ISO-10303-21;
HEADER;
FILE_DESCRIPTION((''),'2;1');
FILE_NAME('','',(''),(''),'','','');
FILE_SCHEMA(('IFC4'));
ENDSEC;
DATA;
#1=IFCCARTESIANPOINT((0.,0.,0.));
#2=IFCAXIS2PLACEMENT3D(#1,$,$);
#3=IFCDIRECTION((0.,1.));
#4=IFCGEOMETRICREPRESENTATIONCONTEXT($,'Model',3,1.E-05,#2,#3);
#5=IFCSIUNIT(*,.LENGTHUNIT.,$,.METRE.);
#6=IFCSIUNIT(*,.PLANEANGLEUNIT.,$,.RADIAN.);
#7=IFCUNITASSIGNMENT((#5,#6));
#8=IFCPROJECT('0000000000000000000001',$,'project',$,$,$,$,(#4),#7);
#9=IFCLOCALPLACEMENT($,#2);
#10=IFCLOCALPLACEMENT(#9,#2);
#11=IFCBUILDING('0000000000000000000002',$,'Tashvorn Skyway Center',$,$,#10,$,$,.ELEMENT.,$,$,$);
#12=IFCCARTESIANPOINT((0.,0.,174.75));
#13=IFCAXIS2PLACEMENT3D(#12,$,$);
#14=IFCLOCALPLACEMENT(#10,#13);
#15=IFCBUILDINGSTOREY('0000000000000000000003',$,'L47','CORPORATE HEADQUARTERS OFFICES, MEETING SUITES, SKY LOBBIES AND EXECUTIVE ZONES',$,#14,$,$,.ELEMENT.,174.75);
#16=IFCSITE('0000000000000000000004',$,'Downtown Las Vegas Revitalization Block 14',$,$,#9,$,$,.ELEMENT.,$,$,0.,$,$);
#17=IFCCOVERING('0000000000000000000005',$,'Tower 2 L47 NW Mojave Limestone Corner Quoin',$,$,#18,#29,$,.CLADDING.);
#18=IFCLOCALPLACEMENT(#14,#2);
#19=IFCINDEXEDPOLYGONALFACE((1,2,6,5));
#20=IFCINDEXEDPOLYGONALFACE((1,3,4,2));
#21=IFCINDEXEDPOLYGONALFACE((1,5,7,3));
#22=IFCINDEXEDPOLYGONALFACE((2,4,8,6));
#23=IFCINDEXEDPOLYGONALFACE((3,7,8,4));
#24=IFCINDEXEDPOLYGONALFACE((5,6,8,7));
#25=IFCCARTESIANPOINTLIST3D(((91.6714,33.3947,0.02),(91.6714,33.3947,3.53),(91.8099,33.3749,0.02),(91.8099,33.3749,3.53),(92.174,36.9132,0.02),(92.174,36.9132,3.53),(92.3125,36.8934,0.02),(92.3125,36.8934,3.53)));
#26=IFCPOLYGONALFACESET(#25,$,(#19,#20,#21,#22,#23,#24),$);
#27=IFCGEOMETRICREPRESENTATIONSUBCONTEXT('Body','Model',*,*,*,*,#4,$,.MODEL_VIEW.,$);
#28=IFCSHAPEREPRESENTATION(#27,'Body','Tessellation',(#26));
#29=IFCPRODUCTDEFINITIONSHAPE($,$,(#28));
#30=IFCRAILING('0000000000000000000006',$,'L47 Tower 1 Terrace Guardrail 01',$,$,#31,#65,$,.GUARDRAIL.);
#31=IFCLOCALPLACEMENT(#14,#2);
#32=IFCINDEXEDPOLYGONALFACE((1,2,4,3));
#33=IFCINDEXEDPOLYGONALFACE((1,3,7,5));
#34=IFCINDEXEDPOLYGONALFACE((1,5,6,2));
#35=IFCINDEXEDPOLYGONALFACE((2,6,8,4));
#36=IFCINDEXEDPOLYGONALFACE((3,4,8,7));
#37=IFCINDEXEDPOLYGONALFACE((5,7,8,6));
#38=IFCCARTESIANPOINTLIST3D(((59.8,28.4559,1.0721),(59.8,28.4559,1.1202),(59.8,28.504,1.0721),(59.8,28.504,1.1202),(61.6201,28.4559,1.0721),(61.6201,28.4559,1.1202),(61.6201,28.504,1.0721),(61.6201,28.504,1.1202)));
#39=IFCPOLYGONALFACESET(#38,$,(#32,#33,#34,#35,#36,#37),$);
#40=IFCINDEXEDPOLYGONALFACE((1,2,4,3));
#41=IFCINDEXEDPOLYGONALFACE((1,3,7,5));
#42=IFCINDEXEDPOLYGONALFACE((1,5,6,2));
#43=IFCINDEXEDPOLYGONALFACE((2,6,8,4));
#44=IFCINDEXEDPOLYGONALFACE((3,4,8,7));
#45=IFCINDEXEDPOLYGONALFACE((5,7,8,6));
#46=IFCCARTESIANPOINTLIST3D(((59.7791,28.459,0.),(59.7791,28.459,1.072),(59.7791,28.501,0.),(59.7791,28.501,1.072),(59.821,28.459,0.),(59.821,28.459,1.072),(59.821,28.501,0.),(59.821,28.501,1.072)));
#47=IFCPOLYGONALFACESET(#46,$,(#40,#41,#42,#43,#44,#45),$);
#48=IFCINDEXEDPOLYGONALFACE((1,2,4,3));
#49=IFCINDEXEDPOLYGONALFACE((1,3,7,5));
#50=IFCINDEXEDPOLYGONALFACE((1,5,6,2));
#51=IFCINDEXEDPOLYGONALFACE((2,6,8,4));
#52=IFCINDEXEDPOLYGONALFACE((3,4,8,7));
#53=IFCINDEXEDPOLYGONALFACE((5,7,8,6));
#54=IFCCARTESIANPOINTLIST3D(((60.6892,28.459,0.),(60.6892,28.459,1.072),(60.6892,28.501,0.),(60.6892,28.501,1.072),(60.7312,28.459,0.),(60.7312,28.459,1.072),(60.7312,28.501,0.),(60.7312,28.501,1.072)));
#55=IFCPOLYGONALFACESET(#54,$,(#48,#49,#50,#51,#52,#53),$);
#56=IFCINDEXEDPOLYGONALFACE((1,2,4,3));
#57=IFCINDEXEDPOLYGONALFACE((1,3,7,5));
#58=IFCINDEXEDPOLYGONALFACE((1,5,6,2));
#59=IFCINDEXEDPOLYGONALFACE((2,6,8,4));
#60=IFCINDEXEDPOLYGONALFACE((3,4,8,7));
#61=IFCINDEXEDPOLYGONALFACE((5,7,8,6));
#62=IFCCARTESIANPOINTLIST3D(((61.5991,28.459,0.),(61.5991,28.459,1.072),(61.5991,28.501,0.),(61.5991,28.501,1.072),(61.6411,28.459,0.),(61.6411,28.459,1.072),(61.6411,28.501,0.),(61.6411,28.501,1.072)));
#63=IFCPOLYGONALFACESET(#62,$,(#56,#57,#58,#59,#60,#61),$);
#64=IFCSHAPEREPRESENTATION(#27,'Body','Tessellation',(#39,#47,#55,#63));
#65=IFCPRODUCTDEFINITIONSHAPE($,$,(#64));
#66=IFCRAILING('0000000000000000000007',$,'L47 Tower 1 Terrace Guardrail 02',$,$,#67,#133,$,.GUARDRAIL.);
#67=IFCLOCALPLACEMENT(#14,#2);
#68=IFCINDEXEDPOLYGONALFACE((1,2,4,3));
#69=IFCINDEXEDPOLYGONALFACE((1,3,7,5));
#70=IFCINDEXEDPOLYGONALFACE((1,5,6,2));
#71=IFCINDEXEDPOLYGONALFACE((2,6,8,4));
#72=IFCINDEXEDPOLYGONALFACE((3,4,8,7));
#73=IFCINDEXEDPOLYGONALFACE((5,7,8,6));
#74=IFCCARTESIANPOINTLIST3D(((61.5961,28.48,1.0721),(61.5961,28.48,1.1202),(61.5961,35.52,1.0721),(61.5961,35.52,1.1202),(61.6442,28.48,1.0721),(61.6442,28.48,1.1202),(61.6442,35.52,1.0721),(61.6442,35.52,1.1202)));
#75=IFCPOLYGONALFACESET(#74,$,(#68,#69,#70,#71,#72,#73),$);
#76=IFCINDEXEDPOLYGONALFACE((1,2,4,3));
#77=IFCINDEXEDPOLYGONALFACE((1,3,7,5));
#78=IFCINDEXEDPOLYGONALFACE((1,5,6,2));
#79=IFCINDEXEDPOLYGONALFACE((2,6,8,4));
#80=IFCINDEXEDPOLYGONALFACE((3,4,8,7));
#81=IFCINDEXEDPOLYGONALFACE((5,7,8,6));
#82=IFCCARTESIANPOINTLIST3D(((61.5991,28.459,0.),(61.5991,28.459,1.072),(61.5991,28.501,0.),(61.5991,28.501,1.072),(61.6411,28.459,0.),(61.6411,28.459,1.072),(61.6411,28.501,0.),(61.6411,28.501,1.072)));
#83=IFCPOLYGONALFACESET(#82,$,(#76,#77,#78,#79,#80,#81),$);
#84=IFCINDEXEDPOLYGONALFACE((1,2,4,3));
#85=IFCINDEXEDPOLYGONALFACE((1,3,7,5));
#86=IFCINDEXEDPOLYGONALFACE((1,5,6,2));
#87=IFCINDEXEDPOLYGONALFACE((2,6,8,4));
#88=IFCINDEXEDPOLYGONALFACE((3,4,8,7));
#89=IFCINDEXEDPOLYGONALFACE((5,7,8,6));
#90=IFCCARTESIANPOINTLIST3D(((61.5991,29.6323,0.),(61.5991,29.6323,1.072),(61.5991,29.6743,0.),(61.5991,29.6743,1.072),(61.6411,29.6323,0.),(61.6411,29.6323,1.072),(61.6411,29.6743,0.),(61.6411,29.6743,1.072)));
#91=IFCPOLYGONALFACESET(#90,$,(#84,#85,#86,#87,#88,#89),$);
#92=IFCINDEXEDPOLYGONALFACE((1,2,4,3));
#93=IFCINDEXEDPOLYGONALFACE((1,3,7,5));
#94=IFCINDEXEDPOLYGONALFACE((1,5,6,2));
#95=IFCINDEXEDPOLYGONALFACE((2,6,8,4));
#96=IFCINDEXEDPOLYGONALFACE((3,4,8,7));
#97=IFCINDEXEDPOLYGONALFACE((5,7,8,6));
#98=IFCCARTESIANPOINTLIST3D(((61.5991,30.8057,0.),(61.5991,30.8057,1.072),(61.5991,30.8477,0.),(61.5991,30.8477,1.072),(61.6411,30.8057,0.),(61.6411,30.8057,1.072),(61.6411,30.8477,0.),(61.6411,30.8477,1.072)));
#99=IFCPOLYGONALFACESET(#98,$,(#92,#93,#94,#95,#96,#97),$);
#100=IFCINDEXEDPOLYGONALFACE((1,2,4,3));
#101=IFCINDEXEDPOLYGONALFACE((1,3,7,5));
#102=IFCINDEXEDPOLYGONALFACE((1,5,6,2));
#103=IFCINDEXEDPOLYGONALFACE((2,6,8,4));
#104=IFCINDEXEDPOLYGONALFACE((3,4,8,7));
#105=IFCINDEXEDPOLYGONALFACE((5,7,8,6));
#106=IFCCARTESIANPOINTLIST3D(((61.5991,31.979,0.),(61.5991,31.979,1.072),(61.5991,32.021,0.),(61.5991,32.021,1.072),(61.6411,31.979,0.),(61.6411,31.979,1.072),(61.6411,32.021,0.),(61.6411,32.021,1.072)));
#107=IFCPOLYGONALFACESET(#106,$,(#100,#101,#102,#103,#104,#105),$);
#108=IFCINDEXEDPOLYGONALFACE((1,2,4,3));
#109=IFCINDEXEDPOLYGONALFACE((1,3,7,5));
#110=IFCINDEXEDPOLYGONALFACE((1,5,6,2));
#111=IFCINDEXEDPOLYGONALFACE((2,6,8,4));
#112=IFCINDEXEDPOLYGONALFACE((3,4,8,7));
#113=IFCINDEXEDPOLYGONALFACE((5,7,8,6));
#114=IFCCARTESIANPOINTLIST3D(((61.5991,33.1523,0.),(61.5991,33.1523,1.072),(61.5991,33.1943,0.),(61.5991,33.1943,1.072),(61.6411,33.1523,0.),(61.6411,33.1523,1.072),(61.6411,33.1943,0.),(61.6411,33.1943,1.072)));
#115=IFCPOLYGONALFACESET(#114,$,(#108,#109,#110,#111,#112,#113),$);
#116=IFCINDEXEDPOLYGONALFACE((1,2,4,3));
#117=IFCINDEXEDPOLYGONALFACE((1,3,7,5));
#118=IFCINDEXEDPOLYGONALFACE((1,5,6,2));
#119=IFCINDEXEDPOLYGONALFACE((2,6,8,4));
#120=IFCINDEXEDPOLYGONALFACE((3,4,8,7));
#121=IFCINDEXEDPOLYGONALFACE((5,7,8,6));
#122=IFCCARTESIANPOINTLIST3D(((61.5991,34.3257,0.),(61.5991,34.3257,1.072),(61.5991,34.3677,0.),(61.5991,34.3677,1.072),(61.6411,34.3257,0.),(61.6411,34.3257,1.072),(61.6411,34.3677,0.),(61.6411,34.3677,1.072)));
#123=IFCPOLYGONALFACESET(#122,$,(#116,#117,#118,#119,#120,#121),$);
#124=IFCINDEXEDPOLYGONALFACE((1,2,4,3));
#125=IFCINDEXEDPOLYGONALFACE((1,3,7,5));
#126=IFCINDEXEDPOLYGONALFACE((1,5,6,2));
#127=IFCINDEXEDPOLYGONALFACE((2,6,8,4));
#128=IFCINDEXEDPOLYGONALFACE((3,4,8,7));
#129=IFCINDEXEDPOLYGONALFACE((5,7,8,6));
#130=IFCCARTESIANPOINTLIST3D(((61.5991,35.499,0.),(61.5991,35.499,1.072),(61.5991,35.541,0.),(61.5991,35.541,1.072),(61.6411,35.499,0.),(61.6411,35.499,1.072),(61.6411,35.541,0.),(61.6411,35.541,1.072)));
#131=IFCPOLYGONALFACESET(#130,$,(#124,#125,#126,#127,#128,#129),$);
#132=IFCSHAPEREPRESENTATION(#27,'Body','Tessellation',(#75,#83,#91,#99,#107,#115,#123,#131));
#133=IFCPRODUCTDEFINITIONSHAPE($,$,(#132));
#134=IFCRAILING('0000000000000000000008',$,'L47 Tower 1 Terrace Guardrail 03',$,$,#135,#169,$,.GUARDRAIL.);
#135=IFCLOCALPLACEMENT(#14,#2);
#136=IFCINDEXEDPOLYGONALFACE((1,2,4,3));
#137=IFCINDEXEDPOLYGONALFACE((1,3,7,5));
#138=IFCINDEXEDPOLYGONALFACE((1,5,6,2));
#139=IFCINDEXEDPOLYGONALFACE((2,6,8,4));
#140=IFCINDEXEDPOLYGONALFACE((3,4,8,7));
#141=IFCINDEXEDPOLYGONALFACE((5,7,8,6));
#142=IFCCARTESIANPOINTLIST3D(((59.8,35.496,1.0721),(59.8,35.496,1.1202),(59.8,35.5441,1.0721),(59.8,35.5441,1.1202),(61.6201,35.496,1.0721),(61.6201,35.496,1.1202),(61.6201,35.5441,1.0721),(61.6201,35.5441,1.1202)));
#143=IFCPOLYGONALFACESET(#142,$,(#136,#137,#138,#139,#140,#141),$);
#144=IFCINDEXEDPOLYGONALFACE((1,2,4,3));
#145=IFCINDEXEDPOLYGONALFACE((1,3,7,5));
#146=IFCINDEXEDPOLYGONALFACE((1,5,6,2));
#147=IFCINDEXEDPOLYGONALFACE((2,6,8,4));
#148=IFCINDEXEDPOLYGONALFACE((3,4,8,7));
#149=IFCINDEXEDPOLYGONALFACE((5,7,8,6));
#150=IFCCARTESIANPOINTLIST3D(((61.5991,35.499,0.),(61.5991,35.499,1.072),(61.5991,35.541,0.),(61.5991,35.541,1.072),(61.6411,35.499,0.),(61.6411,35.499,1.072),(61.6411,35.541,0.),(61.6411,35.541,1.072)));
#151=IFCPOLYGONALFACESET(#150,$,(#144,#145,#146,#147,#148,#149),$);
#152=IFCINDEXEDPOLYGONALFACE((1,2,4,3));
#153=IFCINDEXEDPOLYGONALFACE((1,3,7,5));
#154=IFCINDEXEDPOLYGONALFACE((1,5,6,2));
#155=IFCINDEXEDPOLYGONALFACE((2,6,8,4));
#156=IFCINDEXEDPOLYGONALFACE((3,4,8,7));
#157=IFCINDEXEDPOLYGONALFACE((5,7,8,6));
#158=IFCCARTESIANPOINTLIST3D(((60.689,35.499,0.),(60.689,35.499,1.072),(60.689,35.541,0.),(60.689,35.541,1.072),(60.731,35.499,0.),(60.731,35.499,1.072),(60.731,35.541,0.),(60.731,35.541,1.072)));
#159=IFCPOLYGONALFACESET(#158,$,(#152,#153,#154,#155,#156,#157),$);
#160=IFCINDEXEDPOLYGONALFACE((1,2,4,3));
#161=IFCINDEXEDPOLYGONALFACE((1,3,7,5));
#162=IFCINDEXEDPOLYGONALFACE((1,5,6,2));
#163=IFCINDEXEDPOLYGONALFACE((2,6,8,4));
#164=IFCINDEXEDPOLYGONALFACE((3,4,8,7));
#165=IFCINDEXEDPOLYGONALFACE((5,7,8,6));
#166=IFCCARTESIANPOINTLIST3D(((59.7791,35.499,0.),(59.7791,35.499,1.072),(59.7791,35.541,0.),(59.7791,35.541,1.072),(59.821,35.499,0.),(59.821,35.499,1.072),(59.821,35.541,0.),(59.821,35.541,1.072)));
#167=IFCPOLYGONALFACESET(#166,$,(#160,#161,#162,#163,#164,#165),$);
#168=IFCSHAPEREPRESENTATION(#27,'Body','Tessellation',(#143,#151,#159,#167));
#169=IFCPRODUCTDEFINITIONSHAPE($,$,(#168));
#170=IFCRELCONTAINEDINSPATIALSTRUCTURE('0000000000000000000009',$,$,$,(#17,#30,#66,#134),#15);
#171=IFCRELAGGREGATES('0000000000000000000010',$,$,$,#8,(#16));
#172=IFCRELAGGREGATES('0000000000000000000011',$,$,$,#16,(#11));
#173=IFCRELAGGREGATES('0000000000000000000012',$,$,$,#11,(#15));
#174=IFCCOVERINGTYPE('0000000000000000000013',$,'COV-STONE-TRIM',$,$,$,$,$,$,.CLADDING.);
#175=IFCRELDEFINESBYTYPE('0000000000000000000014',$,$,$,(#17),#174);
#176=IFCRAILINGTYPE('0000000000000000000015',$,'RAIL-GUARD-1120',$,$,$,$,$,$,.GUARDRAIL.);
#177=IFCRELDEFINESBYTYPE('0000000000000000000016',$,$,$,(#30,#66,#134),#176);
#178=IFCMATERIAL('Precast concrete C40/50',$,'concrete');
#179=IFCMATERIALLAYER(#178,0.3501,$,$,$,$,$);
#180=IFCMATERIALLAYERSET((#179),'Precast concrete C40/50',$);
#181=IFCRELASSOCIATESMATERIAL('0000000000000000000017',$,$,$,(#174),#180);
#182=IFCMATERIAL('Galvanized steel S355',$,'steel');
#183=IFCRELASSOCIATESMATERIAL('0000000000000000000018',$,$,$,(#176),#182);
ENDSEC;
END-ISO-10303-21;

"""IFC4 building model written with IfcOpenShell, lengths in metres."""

from ifc_helpers import new_model, si_unit, direction, frame, origin, origin_2d, place, context, subcontext, project, spatial, rectangle, extrude, material, layer, layer_set, type_object, element, save


model = new_model("IFC4")

# Units and contexts
model_context = context("Model", 3, precision=1e-05, world=origin(), true_north=direction((0.0, 1.0)))
body_context = subcontext(model_context, "Body", "Model", "MODEL_VIEW")
ifc_project = project(units=[si_unit("LENGTHUNIT", "METRE"), si_unit("PLANEANGLEUNIT", "RADIAN")], contexts=[model_context])

# Site, building, storey
site_placement = place(None, origin())
site = spatial("IfcSite", under=ifc_project, at=site_placement, Name="Downtown Las Vegas Revitalization Block 14", CompositionType="ELEMENT", RefElevation=0.0)
building_placement = place(site_placement, origin())
building = spatial("IfcBuilding", under=site, at=building_placement, Name="Tashvorn Skyway Center", CompositionType="ELEMENT")
storey_placement = place(building_placement, frame((0.0, 0.0, 174.75)))
storey = spatial("IfcBuildingStorey", under=building, at=storey_placement, Name="L47", Description="CORPORATE HEADQUARTERS OFFICES, MEETING SUITES, SKY LOBBIES AND EXECUTIVE ZONES", CompositionType="ELEMENT", Elevation=174.75)

# Shared definitions
ifc_material_1 = material(Name="Precast concrete C40/50", Category="concrete")

# Covering
ifc_layer_1 = layer(ifc_material_1, 0.3501)
ifc_layer_set_1 = layer_set([ifc_layer_1], Name="Precast concrete C40/50")
covering_type_1 = type_object("IfcCoveringType", Name="COV-STONE-TRIM", PredefinedType="CLADDING", material=ifc_layer_set_1)
covering_1_placement = place(storey_placement, frame((91.9919, 35.144, 0.02), z_axis=(0.0, 0.0, 1.0), x_axis=(-0.141421, -0.989949, 0.0)))
element("IfcCovering", 1, at=covering_1_placement, inside=storey, type_object=covering_type_1, Name="Tower 2 L47 NW Mojave Limestone Corner Quoin", PredefinedType="CLADDING", context=body_context, shape_type="SweptSolid", body=[
    extrude(rectangle(XDim=3.5542, YDim=0.1399, at=origin_2d()), origin(), (0.0, 0.0, 1.0), 3.51),
])

# Railings
ifc_material_2 = material(Name="Galvanized steel S355", Category="steel")
railing_type = type_object("IfcRailingType", Name="RAIL-GUARD-1120", PredefinedType="GUARDRAIL", material=ifc_material_2)
railing_1_placement = place(storey_placement, frame((59.8, 28.48, 0.0)))
element("IfcRailing", 2, at=railing_1_placement, inside=storey, type_object=railing_type, Name="L47 Tower 1 Terrace Guardrail 01", PredefinedType="GUARDRAIL", context=body_context, shape_type="SweptSolid", body=[
    extrude(rectangle(XDim=0.0481, YDim=0.0481, at=origin_2d()), frame((0.0, 0.0, 1.0962), z_axis=(1.0, 0.0, 0.0), x_axis=(0.0, 1.0, 0.0)), (0.0, 0.0, 1.0), 1.8201),
    extrude(rectangle(XDim=0.042, YDim=0.042, at=origin_2d()), origin(), (0.0, 0.0, 1.0), 1.072),
    extrude(rectangle(XDim=0.042, YDim=0.042, at=origin_2d()), frame((0.9102, 0.0, 0.0)), (0.0, 0.0, 1.0), 1.072),
    extrude(rectangle(XDim=0.042, YDim=0.042, at=origin_2d()), frame((1.8201, 0.0, 0.0)), (0.0, 0.0, 1.0), 1.072),
])
railing_2_placement = place(storey_placement, frame((61.6201, 28.48, 0.0)))
element("IfcRailing", 3, at=railing_2_placement, inside=storey, type_object=railing_type, Name="L47 Tower 1 Terrace Guardrail 02", PredefinedType="GUARDRAIL", context=body_context, shape_type="SweptSolid", body=[
    extrude(rectangle(XDim=0.0481, YDim=0.0481, at=origin_2d()), frame((0.0, 0.0, 1.0962), z_axis=(0.0, 1.0, 0.0), x_axis=(-1.0, 0.0, 0.0)), (0.0, 0.0, 1.0), 7.04),
    extrude(rectangle(XDim=0.042, YDim=0.042, at=origin_2d()), origin(), (0.0, 0.0, 1.0), 1.072),
    extrude(rectangle(XDim=0.042, YDim=0.042, at=origin_2d()), frame((0.0, 1.1733, 0.0)), (0.0, 0.0, 1.0), 1.072),
    extrude(rectangle(XDim=0.042, YDim=0.042, at=origin_2d()), frame((0.0, 2.3467, 0.0)), (0.0, 0.0, 1.0), 1.072),
    extrude(rectangle(XDim=0.042, YDim=0.042, at=origin_2d()), frame((0.0, 3.52, 0.0)), (0.0, 0.0, 1.0), 1.072),
    extrude(rectangle(XDim=0.042, YDim=0.042, at=origin_2d()), frame((0.0, 4.6934, 0.0)), (0.0, 0.0, 1.0), 1.072),
    extrude(rectangle(XDim=0.042, YDim=0.042, at=origin_2d()), frame((0.0, 5.8667, 0.0)), (0.0, 0.0, 1.0), 1.072),
    extrude(rectangle(XDim=0.042, YDim=0.042, at=origin_2d()), frame((0.0, 7.04, 0.0)), (0.0, 0.0, 1.0), 1.072),
])
railing_3_placement = place(storey_placement, frame((61.6201, 35.52, 0.0)))
element("IfcRailing", 4, at=railing_3_placement, inside=storey, type_object=railing_type, Name="L47 Tower 1 Terrace Guardrail 03", PredefinedType="GUARDRAIL", context=body_context, shape_type="SweptSolid", body=[
    extrude(rectangle(XDim=0.0481, YDim=0.0481, at=origin_2d()), frame((0.0, 0.0, 1.0962), z_axis=(-1.0, 0.0, 0.0), x_axis=(0.0, -1.0, 0.0)), (0.0, 0.0, 1.0), 1.8201),
    extrude(rectangle(XDim=0.042, YDim=0.042, at=origin_2d()), origin(), (0.0, 0.0, 1.0), 1.072),
    extrude(rectangle(XDim=0.042, YDim=0.042, at=origin_2d()), frame((-0.9102, 0.0, 0.0)), (0.0, 0.0, 1.0), 1.072),
    extrude(rectangle(XDim=0.042, YDim=0.042, at=origin_2d()), frame((-1.8201, 0.0, 0.0)), (0.0, 0.0, 1.0), 1.072),
])

save(model, "model.ifc")
